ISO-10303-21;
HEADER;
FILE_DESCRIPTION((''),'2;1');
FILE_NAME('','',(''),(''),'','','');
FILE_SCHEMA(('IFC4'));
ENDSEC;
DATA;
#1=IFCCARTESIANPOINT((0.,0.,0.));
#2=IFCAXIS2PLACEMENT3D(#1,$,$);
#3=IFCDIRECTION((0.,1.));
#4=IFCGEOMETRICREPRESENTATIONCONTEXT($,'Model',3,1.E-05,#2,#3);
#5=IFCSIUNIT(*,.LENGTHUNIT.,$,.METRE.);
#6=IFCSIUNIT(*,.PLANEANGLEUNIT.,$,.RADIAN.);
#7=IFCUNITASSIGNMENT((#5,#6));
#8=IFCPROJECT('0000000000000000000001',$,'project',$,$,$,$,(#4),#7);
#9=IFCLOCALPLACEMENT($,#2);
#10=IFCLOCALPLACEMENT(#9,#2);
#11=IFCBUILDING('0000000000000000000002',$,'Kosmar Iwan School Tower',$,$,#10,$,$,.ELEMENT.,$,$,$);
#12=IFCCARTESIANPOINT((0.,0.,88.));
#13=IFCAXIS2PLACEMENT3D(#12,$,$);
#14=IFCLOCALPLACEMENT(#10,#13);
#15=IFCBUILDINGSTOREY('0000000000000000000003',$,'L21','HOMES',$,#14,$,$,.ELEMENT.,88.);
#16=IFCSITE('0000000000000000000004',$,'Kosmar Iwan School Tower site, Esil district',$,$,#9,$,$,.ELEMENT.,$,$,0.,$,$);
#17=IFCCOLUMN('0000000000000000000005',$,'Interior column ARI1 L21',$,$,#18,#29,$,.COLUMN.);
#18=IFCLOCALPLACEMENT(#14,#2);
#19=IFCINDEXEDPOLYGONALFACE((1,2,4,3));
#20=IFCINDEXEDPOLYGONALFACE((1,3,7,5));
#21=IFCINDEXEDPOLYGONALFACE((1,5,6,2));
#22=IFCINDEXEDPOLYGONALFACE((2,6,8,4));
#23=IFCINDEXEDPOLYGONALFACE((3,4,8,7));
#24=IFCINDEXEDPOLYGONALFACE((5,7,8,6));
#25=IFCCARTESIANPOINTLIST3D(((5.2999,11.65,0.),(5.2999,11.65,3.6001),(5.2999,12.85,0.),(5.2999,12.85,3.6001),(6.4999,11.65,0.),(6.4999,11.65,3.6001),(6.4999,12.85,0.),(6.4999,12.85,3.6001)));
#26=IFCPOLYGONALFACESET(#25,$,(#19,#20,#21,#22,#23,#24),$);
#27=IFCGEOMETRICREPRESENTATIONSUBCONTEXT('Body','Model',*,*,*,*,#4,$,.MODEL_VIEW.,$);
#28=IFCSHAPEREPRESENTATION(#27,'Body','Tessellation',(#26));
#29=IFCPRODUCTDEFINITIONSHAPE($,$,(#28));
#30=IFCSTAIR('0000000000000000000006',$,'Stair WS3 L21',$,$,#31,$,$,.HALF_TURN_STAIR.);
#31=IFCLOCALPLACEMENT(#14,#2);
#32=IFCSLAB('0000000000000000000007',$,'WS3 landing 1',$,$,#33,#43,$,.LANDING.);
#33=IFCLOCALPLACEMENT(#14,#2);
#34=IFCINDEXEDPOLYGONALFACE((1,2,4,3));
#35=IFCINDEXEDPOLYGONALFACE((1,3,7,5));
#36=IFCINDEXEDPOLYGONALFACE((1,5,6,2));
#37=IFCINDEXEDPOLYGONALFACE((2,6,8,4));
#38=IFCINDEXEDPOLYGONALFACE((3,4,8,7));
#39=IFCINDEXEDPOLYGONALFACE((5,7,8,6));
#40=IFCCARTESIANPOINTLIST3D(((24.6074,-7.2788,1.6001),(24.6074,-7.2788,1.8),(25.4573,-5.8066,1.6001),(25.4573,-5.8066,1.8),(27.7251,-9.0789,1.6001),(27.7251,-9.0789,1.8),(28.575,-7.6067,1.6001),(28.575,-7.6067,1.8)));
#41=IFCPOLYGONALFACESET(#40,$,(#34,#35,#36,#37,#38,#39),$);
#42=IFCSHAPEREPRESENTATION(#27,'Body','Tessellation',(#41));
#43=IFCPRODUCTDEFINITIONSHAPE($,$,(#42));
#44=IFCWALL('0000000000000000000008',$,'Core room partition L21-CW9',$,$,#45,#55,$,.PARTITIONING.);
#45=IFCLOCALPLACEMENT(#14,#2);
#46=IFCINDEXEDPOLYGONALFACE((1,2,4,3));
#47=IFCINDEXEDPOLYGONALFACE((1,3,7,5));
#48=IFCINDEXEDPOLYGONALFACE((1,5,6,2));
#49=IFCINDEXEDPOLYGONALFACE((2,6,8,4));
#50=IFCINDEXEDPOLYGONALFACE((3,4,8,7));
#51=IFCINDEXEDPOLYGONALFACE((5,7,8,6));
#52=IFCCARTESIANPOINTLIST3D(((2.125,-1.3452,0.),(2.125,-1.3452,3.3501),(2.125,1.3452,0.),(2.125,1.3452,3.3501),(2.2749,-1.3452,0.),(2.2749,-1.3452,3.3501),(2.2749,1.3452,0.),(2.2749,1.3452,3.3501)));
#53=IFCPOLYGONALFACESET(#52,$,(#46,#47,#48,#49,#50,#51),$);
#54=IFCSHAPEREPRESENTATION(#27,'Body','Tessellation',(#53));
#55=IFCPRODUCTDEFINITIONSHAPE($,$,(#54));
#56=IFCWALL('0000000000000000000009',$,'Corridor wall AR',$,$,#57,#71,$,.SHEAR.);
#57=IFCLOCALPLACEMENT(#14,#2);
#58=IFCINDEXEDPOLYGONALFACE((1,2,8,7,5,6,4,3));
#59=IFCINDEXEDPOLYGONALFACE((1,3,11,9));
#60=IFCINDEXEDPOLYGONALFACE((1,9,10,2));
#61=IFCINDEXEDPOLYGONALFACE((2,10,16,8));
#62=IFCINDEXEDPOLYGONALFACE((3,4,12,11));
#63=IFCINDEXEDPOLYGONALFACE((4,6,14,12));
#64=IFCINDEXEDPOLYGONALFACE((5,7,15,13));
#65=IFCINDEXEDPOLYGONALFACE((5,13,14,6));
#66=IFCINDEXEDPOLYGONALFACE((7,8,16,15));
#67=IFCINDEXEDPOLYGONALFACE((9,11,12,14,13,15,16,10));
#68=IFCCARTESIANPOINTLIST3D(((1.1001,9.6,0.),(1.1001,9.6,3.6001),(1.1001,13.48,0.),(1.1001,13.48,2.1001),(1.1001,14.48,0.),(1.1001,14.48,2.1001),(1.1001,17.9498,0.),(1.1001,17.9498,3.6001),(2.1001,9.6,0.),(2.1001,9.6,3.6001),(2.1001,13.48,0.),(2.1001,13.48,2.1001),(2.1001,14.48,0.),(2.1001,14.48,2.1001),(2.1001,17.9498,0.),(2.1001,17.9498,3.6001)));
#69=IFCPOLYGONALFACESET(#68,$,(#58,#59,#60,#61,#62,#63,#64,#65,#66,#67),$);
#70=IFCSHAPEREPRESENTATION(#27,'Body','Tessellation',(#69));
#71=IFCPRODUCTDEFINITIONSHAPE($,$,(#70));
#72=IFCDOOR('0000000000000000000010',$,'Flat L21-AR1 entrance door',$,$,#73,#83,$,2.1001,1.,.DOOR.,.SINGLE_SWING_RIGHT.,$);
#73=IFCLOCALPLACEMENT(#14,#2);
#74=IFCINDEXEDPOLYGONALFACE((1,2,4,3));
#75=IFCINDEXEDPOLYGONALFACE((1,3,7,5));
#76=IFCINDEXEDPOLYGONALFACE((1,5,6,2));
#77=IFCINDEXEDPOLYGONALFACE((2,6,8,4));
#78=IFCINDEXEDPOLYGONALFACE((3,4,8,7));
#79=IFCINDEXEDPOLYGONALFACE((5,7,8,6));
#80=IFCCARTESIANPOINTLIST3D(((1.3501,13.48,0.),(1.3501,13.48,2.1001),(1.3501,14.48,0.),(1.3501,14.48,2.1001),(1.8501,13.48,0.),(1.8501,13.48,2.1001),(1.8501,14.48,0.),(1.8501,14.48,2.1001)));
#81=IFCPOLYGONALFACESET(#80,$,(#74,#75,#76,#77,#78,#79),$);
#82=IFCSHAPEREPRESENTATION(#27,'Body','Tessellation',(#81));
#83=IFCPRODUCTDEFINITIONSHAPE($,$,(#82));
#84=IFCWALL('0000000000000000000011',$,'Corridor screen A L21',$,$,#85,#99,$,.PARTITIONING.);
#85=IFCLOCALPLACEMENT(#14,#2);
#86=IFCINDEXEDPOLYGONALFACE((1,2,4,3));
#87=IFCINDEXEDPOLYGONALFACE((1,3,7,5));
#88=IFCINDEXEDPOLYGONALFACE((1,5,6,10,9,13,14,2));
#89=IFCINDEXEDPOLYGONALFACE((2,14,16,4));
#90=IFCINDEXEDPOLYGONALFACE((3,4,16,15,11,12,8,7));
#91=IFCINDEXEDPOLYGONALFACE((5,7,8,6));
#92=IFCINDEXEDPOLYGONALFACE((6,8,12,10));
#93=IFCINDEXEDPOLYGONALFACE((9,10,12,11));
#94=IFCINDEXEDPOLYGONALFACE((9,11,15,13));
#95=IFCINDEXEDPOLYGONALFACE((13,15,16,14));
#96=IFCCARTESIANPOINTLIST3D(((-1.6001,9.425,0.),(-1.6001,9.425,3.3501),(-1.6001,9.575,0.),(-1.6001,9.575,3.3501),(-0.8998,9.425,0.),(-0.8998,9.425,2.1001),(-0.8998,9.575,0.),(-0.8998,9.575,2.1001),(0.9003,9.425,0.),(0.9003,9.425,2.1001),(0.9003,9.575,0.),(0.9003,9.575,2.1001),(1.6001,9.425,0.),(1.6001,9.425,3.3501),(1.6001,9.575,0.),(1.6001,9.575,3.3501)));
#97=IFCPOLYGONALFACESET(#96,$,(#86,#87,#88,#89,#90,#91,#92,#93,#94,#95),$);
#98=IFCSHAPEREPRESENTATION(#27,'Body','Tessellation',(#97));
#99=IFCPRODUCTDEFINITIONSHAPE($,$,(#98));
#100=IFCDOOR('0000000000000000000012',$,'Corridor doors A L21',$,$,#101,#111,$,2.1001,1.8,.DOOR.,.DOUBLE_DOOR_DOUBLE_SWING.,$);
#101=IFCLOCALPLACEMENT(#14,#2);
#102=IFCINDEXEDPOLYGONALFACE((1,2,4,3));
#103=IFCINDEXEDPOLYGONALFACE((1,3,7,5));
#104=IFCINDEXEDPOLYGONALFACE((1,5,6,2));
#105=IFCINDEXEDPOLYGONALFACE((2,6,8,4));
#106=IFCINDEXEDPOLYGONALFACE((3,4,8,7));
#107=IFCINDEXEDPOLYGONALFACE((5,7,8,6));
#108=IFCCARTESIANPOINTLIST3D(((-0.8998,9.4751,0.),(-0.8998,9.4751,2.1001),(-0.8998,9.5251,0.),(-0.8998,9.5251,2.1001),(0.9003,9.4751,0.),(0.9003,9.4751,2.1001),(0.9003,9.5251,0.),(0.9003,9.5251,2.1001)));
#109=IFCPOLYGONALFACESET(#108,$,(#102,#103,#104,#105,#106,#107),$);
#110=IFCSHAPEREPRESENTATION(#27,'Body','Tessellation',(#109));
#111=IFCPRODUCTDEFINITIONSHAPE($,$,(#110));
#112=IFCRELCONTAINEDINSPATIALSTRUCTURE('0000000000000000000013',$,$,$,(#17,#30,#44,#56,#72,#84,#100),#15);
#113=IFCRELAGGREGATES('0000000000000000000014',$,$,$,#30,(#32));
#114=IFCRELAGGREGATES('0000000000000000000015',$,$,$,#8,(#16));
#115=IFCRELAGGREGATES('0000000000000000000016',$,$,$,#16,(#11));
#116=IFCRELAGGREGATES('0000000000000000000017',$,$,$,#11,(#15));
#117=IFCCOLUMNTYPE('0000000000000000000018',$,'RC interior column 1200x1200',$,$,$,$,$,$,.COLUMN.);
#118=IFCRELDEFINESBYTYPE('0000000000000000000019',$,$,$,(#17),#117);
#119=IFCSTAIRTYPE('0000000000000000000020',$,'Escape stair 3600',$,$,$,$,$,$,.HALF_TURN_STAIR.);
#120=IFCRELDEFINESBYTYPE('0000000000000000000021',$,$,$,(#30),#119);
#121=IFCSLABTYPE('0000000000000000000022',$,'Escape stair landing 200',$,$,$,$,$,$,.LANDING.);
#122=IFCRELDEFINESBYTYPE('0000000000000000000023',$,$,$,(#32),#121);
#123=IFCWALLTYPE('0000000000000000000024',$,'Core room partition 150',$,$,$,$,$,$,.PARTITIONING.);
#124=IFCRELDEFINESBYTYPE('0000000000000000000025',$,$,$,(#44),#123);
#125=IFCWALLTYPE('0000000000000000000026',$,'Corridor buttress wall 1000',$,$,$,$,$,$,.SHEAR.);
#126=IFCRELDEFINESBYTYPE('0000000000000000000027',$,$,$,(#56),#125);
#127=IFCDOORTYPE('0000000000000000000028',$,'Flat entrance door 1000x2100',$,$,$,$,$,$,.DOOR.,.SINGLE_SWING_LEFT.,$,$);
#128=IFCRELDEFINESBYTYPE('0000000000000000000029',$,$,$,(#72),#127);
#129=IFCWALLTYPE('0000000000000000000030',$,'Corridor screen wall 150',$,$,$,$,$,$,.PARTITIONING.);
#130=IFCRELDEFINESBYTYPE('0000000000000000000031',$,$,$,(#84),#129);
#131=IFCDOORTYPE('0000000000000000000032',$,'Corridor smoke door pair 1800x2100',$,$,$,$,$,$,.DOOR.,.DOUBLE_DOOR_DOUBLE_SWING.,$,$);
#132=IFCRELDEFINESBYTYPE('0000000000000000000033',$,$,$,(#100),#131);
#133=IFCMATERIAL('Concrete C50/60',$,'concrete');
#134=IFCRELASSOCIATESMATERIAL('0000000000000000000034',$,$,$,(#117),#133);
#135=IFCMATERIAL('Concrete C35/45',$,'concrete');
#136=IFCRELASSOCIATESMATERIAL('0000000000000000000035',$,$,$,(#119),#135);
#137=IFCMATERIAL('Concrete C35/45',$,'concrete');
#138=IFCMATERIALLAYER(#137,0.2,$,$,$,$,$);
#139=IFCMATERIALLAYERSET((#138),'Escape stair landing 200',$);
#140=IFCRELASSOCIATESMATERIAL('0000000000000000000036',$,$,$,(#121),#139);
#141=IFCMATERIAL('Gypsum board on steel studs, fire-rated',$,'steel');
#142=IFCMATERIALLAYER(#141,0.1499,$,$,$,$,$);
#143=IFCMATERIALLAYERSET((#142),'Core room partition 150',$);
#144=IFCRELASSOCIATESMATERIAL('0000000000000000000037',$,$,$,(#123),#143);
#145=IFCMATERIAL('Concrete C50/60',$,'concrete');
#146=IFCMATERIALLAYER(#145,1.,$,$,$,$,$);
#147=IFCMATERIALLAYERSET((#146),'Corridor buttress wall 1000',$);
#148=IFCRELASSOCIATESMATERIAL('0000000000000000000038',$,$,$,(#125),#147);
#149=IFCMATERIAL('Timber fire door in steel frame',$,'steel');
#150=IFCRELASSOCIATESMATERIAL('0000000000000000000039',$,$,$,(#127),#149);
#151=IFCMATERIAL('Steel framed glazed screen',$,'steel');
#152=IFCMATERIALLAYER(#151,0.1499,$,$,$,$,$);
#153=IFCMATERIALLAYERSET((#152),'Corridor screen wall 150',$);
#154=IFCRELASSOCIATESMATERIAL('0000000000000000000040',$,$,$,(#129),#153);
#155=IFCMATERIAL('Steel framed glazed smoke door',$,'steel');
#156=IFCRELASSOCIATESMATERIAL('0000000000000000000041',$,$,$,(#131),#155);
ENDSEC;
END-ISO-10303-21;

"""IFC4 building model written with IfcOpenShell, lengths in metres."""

from ifc_helpers import new_model, si_unit, direction, frame, frame_2d, origin, origin_2d, place, context, subcontext, project, spatial, polyline, rectangle, outline, extrude, material, layer, layer_set, material_profile, profile_set, type_object, element, fill, aggregate, save


model = new_model("IFC4")

# Units and contexts
model_context = context("Model", 3, precision=1e-05, world=origin(), true_north=direction((0.0, 1.0)))
body_context = subcontext(model_context, "Body", "Model", "MODEL_VIEW")
ifc_project = project(units=[si_unit("LENGTHUNIT", "METRE"), si_unit("PLANEANGLEUNIT", "RADIAN")], contexts=[model_context])

# Site, building, storey
site_placement = place(None, origin())
site = spatial("IfcSite", under=ifc_project, at=site_placement, Name="Kosmar Iwan School Tower site, Esil district", CompositionType="ELEMENT", RefElevation=0.0)
building_placement = place(site_placement, origin())
building = spatial("IfcBuilding", under=site, at=building_placement, Name="Kosmar Iwan School Tower", CompositionType="ELEMENT")
storey_placement = place(building_placement, frame((0.0, 0.0, 88.0)))
storey = spatial("IfcBuildingStorey", under=building, at=storey_placement, Name="L21", Description="HOMES", CompositionType="ELEMENT", Elevation=88.0)

# Column
ifc_material_1 = material(Name="Concrete C50/60", Category="concrete")
ifc_material_profile = material_profile(ifc_material_1, rectangle(XDim=1.2, YDim=1.2, at=origin_2d()), Name="RC 1200x1200")
ifc_profile_set = profile_set([ifc_material_profile], Name="Concrete C50/60")
column_type = type_object("IfcColumnType", Name="RC interior column 1200x1200", PredefinedType="COLUMN", material=ifc_profile_set)
column_placement = place(storey_placement, frame((5.8999, 12.25, 0.0), z_axis=(0.0, 0.0, 1.0), x_axis=(0.0, 1.0, 0.0)))
element("IfcColumn", 1, at=column_placement, inside=storey, type_object=column_type, Name="Interior column ARI1 L21", PredefinedType="COLUMN", context=body_context, shape_type="SweptSolid", body=[
    extrude(rectangle(XDim=1.2, YDim=1.2, at=origin_2d()), origin(), (0.0, 0.0, 1.0), 3.6001),
])

# Stair, slab
ifc_material_2 = material(Name="Concrete C35/45", Category="concrete")
stair_type_1 = type_object("IfcStairType", Name="Escape stair 3600", PredefinedType="HALF_TURN_STAIR", material=ifc_material_2)
stair_1_placement = place(storey_placement, origin())
stair_1 = element("IfcStair", 2, at=stair_1_placement, inside=storey, type_object=stair_type_1, Name="Stair WS3 L21", PredefinedType="HALF_TURN_STAIR")
ifc_material_3 = material(Name="Concrete C35/45", Category="concrete")
ifc_layer_1 = layer(ifc_material_3, 0.2)
ifc_layer_set_1 = layer_set([ifc_layer_1], Name="Escape stair landing 200")
slab_type = type_object("IfcSlabType", Name="Escape stair landing 200", PredefinedType="LANDING", material=ifc_layer_set_1)
slab_placement = place(storey_placement, frame((0.0, 0.0, 1.6001)))
slab = element("IfcSlab", 3, at=slab_placement, type_object=slab_type, Name="WS3 landing 1", PredefinedType="LANDING", context=body_context, shape_type="SweptSolid", body=[
    extrude(outline(polyline([(24.6074, -7.2788), (27.7251, -9.0789), (28.575, -7.6067), (25.4573, -5.8066), (24.6074, -7.2788)])), origin(), (0.0, 0.0, 1.0), 0.2),
])
aggregate(stair_1, [slab])

# Wall
ifc_material_4 = material(Name="Gypsum board on steel studs, fire-rated", Category="steel")
ifc_layer_2 = layer(ifc_material_4, 0.1499)
ifc_layer_set_2 = layer_set([ifc_layer_2], Name="Core room partition 150")
wall_type_1 = type_object("IfcWallType", Name="Core room partition 150", PredefinedType="PARTITIONING", material=ifc_layer_set_2)
wall_1_placement = place(storey_placement, frame((2.2, 1.3452, 0.0), z_axis=(0.0, 0.0, 1.0), x_axis=(0.0, -1.0, 0.0)))
element("IfcWall", 4, at=wall_1_placement, inside=storey, type_object=wall_type_1, Name="Core room partition L21-CW9", PredefinedType="PARTITIONING", context=body_context, shape_type="SweptSolid", body=[
    extrude(rectangle(XDim=2.6904, YDim=0.1499, at=frame_2d((1.3452, 0.0))), origin(), (0.0, 0.0, 1.0), 3.3501),
])

# Walls, openings, doors
ifc_material_5 = material(Name="Concrete C50/60", Category="concrete")
ifc_layer_3 = layer(ifc_material_5, 1.0)
ifc_layer_set_3 = layer_set([ifc_layer_3], Name="Corridor buttress wall 1000")
wall_type_2 = type_object("IfcWallType", Name="Corridor buttress wall 1000", PredefinedType="SHEAR", material=ifc_layer_set_3)
wall_2_placement = place(storey_placement, frame((1.6001, 9.6001, 0.0), z_axis=(0.0, 0.0, 1.0), x_axis=(0.0, 1.0, 0.0)))
wall_2 = element("IfcWall", 5, at=wall_2_placement, inside=storey, type_object=wall_type_2, Name="Corridor wall AR", PredefinedType="SHEAR", context=body_context, shape_type="SweptSolid", body=[
    extrude(rectangle(XDim=8.3499, YDim=1.0, at=frame_2d((4.1748, 0.0))), origin(), (0.0, 0.0, 1.0), 3.6001),
])
opening_1_placement = place(wall_2_placement, frame((3.8799, 0.0, 0.0)))
opening_1 = element("IfcOpeningElement", 6, at=opening_1_placement, cuts=wall_2, PredefinedType="OPENING", context=body_context, shape_type="SweptSolid", body=[
    extrude(rectangle(XDim=1.0, YDim=2.1001, at=frame_2d((0.5, 1.05))), frame((0.0, 0.512, 0.0), z_axis=(0.0, -1.0, 0.0), x_axis=(1.0, 0.0, 0.0)), (0.0, 0.0, 1.0), 1.0239),
])
ifc_material_6 = material(Name="Timber fire door in steel frame", Category="steel")
door_type_1 = type_object("IfcDoorType", Name="Flat entrance door 1000x2100", OperationType="SINGLE_SWING_LEFT", PredefinedType="DOOR", material=ifc_material_6)
door_1_placement = place(opening_1_placement, origin())
door_1 = element("IfcDoor", 7, at=door_1_placement, inside=storey, type_object=door_type_1, Name="Flat L21-AR1 entrance door", OperationType="SINGLE_SWING_RIGHT", OverallHeight=2.1001, OverallWidth=1.0, PredefinedType="DOOR", context=body_context, shape_type="SweptSolid", body=[
    extrude(rectangle(XDim=1.0, YDim=2.1001, at=frame_2d((0.5, 1.05))), frame((0.0, 0.25, 0.0), z_axis=(0.0, -1.0, 0.0), x_axis=(1.0, 0.0, 0.0)), (0.0, 0.0, 1.0), 0.5),
])
fill(opening_1, door_1)
ifc_material_7 = material(Name="Steel framed glazed screen", Category="steel")
ifc_layer_4 = layer(ifc_material_7, 0.1499)
ifc_layer_set_4 = layer_set([ifc_layer_4], Name="Corridor screen wall 150")
wall_type_3 = type_object("IfcWallType", Name="Corridor screen wall 150", PredefinedType="PARTITIONING", material=ifc_layer_set_4)
wall_3_placement = place(storey_placement, frame((1.6001, 9.5, 0.0), z_axis=(0.0, 0.0, 1.0), x_axis=(-1.0, 0.0, 0.0)))
wall_3 = element("IfcWall", 8, at=wall_3_placement, inside=storey, type_object=wall_type_3, Name="Corridor screen A L21", PredefinedType="PARTITIONING", context=body_context, shape_type="SweptSolid", body=[
    extrude(rectangle(XDim=3.2002, YDim=0.1499, at=frame_2d((1.6001, 0.0))), origin(), (0.0, 0.0, 1.0), 3.3501),
])
opening_2_placement = place(wall_3_placement, frame((0.7, 0.0, 0.0)))
opening_2 = element("IfcOpeningElement", 9, at=opening_2_placement, cuts=wall_3, PredefinedType="OPENING", context=body_context, shape_type="SweptSolid", body=[
    extrude(rectangle(XDim=1.8, YDim=2.1001, at=frame_2d((0.8999, 1.05))), frame((0.0, 0.0869, 0.0), z_axis=(0.0, -1.0, 0.0), x_axis=(1.0, 0.0, 0.0)), (0.0, 0.0, 1.0), 0.1738),
])
ifc_material_8 = material(Name="Steel framed glazed smoke door", Category="steel")
door_type_2 = type_object("IfcDoorType", Name="Corridor smoke door pair 1800x2100", OperationType="DOUBLE_DOOR_DOUBLE_SWING", PredefinedType="DOOR", material=ifc_material_8)
door_2_placement = place(opening_2_placement, origin())
door_2 = element("IfcDoor", 10, at=door_2_placement, inside=storey, type_object=door_type_2, Name="Corridor doors A L21", OperationType="DOUBLE_DOOR_DOUBLE_SWING", OverallHeight=2.1001, OverallWidth=1.8, PredefinedType="DOOR", context=body_context, shape_type="SweptSolid", body=[
    extrude(rectangle(XDim=1.8, YDim=2.1001, at=frame_2d((0.8999, 1.05))), frame((0.0, 0.0249, 0.0), z_axis=(0.0, -1.0, 0.0), x_axis=(1.0, 0.0, 0.0)), (0.0, 0.0, 1.0), 0.05),
])
fill(opening_2, door_2)

save(model, "model.ifc")
